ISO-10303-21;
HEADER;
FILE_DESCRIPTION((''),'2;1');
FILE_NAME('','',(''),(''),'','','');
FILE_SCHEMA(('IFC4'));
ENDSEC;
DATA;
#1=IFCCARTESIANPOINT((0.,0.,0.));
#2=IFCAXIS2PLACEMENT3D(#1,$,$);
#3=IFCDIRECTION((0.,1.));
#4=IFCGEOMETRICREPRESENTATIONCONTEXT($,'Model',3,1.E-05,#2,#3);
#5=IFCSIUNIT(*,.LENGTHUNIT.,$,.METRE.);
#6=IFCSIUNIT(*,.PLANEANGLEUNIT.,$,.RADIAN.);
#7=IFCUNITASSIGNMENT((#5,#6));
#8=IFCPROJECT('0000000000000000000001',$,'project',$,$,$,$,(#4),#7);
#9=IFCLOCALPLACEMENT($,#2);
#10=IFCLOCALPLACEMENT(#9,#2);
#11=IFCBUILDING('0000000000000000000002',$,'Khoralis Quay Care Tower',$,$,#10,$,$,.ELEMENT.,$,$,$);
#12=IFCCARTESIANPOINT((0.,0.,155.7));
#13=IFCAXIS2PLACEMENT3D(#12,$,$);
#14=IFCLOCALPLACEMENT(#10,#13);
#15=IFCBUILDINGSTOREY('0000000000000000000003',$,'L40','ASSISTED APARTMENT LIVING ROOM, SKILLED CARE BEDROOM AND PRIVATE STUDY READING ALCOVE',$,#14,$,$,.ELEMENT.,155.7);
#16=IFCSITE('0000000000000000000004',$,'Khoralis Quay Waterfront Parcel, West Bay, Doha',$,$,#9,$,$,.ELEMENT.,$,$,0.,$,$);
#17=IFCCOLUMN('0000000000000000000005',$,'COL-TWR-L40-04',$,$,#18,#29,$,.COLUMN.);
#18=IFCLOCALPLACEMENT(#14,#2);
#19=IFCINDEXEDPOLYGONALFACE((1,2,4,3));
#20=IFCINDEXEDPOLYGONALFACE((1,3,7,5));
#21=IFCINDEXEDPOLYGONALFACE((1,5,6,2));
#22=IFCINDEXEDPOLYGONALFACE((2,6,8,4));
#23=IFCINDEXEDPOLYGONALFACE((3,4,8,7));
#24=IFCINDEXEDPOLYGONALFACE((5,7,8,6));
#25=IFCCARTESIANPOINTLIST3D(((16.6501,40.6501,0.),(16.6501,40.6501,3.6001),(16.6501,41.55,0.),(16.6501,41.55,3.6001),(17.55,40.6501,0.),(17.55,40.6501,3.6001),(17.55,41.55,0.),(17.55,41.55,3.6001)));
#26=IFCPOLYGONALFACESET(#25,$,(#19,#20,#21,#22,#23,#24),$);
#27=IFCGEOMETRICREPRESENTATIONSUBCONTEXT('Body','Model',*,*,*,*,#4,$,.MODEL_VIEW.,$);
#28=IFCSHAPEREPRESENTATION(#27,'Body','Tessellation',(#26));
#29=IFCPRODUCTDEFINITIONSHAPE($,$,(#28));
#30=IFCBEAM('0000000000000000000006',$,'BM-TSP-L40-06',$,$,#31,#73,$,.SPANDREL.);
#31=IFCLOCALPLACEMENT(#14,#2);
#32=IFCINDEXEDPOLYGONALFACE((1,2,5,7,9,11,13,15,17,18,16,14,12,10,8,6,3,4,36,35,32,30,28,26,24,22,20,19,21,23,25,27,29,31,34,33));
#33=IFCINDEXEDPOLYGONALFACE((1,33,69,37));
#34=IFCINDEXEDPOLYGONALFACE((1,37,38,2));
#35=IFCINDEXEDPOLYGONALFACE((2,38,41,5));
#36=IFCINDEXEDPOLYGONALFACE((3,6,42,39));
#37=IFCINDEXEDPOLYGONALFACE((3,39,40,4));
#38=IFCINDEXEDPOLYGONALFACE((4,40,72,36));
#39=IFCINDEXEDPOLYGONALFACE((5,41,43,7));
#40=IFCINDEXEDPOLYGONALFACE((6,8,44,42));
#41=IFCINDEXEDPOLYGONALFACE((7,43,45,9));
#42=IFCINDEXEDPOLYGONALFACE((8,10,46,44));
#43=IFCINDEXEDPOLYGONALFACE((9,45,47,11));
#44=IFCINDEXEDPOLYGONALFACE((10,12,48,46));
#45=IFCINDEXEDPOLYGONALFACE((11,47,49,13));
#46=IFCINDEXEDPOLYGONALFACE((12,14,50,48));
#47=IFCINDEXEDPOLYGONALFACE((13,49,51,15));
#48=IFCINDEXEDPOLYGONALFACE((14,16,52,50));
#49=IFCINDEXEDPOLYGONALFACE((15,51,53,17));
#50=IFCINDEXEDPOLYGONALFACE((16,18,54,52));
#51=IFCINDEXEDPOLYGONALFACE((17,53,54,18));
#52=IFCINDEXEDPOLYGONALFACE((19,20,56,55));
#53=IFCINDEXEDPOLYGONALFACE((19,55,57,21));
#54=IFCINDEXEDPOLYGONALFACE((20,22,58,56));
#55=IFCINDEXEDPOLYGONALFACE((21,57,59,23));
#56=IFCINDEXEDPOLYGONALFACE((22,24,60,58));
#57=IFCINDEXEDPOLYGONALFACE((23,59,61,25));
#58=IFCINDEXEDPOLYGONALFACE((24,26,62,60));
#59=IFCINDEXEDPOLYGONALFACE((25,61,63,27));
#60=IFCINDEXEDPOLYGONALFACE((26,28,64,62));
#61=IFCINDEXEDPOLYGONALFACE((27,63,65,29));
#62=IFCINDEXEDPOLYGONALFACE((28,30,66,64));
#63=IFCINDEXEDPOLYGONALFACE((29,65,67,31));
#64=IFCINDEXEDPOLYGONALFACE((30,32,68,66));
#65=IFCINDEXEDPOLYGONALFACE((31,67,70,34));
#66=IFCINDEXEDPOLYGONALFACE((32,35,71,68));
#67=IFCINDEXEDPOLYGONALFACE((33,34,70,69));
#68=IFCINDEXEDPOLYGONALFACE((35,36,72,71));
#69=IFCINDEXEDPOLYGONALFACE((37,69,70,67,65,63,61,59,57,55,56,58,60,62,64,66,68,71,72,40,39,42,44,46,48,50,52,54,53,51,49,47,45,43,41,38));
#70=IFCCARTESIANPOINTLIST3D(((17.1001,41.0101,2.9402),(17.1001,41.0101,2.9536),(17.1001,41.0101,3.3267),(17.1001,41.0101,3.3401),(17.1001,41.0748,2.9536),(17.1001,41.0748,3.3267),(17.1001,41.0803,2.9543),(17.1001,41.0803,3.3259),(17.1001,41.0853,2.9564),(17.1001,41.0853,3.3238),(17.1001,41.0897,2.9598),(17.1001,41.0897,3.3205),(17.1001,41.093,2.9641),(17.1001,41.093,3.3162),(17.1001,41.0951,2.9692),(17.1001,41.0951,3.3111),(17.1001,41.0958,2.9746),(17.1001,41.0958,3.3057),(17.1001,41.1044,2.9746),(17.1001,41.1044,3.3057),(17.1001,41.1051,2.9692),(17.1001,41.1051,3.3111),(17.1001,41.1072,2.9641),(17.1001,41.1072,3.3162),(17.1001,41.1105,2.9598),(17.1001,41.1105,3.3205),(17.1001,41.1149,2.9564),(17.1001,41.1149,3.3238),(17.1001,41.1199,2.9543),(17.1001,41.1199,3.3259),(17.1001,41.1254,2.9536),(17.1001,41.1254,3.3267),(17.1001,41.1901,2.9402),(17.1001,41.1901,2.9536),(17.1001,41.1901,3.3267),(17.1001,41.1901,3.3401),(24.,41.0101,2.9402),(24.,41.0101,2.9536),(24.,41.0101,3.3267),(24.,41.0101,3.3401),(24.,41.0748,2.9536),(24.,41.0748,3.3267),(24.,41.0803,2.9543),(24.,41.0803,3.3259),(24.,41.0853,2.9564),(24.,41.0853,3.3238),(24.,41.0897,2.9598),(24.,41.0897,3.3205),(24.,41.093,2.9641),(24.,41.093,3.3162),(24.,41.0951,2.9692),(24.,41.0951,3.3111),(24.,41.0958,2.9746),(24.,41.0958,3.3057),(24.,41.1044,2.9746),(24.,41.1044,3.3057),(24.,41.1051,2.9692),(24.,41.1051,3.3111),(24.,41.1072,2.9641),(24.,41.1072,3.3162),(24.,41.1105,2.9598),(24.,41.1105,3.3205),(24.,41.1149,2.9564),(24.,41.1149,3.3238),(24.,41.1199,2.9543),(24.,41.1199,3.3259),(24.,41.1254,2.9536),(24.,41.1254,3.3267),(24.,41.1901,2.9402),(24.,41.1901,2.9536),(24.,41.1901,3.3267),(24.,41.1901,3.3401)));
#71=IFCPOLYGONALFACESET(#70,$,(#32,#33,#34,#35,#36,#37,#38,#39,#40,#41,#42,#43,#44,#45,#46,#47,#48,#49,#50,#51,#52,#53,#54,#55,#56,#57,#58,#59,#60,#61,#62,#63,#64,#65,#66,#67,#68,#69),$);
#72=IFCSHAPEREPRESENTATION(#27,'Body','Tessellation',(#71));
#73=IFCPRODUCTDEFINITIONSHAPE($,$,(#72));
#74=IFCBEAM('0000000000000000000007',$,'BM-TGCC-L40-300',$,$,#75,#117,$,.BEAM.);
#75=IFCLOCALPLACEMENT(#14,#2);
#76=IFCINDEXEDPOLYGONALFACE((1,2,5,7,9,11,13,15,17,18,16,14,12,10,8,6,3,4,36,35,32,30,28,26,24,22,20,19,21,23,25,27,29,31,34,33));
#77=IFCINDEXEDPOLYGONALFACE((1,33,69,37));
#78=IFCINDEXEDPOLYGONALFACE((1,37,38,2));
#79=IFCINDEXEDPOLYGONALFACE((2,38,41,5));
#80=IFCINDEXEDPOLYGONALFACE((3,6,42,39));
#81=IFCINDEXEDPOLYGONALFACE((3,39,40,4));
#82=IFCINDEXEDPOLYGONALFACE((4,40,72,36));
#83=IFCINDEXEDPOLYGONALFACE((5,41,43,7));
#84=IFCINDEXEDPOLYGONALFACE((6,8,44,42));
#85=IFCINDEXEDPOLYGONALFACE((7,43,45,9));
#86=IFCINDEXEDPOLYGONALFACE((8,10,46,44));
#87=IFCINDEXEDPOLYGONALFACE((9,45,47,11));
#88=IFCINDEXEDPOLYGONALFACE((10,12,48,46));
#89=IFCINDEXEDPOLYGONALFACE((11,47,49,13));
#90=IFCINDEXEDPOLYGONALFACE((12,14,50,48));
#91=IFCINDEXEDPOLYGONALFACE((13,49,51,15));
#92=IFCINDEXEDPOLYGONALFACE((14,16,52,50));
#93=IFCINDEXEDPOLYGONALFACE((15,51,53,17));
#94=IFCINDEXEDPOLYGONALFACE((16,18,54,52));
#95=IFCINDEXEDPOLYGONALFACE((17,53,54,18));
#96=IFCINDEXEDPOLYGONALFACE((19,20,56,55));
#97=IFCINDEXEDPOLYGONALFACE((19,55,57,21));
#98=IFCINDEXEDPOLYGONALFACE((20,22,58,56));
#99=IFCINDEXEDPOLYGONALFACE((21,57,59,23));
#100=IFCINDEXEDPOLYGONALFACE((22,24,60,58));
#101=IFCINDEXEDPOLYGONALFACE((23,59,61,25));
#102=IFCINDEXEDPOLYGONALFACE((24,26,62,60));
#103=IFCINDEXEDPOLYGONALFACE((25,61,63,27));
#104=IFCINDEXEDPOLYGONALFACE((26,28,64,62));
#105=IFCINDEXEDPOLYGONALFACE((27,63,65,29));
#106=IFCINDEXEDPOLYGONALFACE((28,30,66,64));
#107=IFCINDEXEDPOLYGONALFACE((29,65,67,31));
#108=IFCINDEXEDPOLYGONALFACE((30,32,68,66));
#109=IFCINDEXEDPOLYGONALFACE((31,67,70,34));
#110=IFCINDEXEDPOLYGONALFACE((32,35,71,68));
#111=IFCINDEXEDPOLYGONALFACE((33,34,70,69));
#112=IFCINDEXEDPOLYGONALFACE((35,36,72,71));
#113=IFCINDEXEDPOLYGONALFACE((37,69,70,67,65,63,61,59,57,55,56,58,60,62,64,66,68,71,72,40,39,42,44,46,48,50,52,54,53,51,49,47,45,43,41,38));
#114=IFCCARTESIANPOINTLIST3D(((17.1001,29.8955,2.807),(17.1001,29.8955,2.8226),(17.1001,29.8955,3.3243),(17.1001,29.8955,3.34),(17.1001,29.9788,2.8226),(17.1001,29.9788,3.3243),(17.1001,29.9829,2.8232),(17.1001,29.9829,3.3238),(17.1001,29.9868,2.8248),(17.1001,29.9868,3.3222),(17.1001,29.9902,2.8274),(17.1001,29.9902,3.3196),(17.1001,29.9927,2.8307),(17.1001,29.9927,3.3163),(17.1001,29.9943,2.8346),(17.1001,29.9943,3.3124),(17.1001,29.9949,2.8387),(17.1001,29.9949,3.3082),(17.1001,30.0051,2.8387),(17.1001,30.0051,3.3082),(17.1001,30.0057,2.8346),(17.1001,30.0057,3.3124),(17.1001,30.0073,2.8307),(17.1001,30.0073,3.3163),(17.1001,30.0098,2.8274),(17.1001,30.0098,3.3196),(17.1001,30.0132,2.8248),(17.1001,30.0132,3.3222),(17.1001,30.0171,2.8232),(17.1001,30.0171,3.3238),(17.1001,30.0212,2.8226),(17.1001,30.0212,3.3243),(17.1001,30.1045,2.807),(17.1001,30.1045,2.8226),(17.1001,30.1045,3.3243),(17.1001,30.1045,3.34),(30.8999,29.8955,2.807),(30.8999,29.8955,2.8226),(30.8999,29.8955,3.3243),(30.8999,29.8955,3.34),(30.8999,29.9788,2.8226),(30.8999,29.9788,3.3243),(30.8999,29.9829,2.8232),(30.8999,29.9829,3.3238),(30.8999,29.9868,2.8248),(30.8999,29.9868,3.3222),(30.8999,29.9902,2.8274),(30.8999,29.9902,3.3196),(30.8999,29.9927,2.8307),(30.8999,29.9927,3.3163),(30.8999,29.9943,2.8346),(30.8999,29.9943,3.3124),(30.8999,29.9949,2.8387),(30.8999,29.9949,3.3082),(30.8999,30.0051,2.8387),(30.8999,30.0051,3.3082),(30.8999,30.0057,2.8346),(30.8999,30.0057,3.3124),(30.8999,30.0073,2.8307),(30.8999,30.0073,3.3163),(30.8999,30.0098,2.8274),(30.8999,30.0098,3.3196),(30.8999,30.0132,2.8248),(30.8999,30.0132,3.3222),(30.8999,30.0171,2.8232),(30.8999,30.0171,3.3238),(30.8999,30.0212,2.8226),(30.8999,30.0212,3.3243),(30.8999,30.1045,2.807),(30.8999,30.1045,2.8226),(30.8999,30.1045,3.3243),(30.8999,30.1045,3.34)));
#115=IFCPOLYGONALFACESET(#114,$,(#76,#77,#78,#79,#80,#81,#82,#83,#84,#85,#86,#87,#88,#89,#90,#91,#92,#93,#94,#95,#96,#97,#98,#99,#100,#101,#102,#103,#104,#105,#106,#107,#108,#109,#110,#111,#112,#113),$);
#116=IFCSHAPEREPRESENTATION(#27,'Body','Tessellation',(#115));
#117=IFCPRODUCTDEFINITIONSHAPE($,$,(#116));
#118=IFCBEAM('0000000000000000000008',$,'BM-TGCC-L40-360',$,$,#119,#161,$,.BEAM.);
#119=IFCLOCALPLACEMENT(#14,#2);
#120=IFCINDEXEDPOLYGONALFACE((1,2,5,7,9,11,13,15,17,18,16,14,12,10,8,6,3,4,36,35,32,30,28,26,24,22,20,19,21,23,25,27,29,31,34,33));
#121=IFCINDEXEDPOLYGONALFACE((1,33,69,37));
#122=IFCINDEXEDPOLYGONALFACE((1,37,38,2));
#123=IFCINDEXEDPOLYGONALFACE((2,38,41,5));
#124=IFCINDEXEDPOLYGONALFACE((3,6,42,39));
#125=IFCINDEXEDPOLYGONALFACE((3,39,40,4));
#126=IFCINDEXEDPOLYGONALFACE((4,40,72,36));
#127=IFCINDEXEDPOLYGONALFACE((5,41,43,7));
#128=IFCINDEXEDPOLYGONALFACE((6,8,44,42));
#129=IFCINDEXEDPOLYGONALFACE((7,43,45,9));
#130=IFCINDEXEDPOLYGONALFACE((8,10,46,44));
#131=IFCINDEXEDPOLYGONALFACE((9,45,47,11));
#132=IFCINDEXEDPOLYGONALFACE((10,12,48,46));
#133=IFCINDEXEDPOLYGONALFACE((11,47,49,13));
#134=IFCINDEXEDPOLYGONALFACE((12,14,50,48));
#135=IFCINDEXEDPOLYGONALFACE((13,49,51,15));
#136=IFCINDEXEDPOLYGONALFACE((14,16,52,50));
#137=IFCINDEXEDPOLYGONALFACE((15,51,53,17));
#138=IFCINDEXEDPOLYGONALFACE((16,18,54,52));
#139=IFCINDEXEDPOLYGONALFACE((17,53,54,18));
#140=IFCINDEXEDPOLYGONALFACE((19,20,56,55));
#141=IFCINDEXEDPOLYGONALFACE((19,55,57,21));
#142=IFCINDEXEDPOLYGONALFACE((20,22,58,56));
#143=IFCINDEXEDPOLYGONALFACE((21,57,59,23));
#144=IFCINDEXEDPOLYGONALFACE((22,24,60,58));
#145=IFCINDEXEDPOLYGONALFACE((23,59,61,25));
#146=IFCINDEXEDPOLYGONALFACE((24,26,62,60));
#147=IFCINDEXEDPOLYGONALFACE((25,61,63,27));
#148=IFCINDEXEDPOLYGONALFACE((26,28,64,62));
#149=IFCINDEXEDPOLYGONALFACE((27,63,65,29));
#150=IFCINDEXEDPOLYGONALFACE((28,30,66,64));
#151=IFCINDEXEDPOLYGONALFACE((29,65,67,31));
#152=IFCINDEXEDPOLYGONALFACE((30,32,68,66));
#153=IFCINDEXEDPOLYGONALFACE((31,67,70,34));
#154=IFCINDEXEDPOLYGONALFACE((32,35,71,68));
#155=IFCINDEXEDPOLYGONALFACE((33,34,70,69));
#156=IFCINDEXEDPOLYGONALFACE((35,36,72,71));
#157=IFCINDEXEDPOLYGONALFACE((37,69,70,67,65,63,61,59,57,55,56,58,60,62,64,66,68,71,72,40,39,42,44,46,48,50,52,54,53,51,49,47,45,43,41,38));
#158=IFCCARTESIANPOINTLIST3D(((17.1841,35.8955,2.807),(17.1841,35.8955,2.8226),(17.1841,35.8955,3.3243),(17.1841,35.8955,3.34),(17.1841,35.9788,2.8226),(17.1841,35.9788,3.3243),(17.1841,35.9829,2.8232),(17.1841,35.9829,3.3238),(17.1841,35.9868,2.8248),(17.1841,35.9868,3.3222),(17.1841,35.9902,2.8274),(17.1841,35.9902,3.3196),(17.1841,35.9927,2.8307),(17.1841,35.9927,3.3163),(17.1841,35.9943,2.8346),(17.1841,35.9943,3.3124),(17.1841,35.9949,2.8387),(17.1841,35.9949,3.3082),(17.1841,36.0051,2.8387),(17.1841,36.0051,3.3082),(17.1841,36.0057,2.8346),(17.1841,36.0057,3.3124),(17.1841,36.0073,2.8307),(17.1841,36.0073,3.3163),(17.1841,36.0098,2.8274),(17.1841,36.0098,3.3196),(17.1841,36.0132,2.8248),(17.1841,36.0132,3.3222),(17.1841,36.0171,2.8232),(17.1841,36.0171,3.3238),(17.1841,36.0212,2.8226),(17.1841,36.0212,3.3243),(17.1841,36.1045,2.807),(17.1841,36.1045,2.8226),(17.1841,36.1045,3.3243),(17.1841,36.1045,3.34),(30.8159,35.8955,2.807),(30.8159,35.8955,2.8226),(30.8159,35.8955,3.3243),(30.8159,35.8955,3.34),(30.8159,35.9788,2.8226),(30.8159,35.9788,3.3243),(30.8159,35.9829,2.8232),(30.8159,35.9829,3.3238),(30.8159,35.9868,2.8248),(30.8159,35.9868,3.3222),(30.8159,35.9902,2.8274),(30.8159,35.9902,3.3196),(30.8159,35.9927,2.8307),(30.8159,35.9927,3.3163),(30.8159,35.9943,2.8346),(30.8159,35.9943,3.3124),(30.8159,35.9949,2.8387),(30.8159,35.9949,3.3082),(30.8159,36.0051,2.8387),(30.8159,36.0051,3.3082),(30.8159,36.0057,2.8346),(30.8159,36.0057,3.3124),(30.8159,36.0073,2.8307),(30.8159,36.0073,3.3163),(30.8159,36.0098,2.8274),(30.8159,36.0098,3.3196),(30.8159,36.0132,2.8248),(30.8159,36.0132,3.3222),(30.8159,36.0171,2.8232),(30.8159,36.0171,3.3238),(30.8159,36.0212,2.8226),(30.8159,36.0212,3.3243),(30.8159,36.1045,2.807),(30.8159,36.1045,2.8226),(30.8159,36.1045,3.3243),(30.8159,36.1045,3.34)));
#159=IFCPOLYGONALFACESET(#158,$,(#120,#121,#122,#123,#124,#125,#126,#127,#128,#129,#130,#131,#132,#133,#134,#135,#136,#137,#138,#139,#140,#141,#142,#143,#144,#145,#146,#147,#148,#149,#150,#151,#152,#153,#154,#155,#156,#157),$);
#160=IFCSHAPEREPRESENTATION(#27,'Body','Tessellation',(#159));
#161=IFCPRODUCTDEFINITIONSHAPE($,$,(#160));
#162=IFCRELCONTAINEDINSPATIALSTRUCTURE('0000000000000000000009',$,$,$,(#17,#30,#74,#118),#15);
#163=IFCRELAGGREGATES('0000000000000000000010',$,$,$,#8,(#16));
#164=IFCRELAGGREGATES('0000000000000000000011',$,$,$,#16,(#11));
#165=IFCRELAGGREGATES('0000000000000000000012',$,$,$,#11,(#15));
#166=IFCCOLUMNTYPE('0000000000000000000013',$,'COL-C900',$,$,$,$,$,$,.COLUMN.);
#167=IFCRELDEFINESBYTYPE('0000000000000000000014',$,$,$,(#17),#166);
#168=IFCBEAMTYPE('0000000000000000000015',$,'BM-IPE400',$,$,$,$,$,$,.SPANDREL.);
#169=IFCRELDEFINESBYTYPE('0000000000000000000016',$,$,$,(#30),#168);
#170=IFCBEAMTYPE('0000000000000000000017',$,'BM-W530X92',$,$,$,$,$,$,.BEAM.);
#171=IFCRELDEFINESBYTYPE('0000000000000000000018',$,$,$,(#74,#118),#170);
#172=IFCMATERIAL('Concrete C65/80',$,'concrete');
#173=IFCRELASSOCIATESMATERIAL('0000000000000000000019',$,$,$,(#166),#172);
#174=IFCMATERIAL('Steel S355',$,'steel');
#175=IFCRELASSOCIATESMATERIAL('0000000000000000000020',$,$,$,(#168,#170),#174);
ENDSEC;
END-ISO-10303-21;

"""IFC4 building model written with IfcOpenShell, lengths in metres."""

from ifc_helpers import new_model, si_unit, direction, frame, origin, origin_2d, place, context, subcontext, project, spatial, rectangle, i_section, extrude, source, transform, mapped, material, material_profile, profile_set, type_object, element, save


model = new_model("IFC4")

# Units and contexts
model_context = context("Model", 3, precision=1e-05, world=origin(), true_north=direction((0.0, 1.0)))
body_context = subcontext(model_context, "Body", "Model", "MODEL_VIEW")
ifc_project = project(units=[si_unit("LENGTHUNIT", "METRE"), si_unit("PLANEANGLEUNIT", "RADIAN")], contexts=[model_context])

# Site, building, storey
site_placement = place(None, origin())
site = spatial("IfcSite", under=ifc_project, at=site_placement, Name="Khoralis Quay Waterfront Parcel, West Bay, Doha", CompositionType="ELEMENT", RefElevation=0.0)
building_placement = place(site_placement, origin())
building = spatial("IfcBuilding", under=site, at=building_placement, Name="Khoralis Quay Care Tower", CompositionType="ELEMENT")
storey_placement = place(building_placement, frame((0.0, 0.0, 155.7)))
storey = spatial("IfcBuildingStorey", under=building, at=storey_placement, Name="L40", Description="ASSISTED APARTMENT LIVING ROOM, SKILLED CARE BEDROOM AND PRIVATE STUDY READING ALCOVE", CompositionType="ELEMENT", Elevation=155.7)

# Column
ifc_material_1 = material(Name="Concrete C65/80", Category="concrete")
ifc_material_profile_1 = material_profile(ifc_material_1, rectangle(XDim=0.8999, YDim=0.8999, at=origin_2d()), Name="Concrete C65/80")
ifc_profile_set_1 = profile_set([ifc_material_profile_1], Name="Concrete C65/80")
column_type = type_object("IfcColumnType", Name="COL-C900", PredefinedType="COLUMN", material=ifc_profile_set_1)
shared_shape_1 = source(origin(), body_context, "Body", "SweptSolid", [
    extrude(rectangle(XDim=0.8999, YDim=0.8999, at=origin_2d()), origin(), (0.0, 0.0, 1.0), 3.6001),
])
column_placement = place(storey_placement, frame((17.1001, 41.1001, 0.0), z_axis=(0.0, 0.0, 1.0), x_axis=(1.0, 0.0, 0.0)))
element("IfcColumn", 1, at=column_placement, inside=storey, type_object=column_type, Name="COL-TWR-L40-04", PredefinedType="COLUMN", context=body_context, shape_type="MappedRepresentation", body=[
    mapped(shared_shape_1, transform((0.0, 0.0, 0.0), scale=1.0)),
])

# Beams
ifc_material_2 = material(Name="Steel S355", Category="steel")
ifc_material_profile_2 = material_profile(ifc_material_2, i_section(OverallWidth=0.1799, OverallDepth=0.3999, WebThickness=0.0085, FlangeThickness=0.0134, FilletRadius=0.021, at=origin_2d()), Name="Steel S355")
ifc_profile_set_2 = profile_set([ifc_material_profile_2], Name="Steel S355")
beam_type_1 = type_object("IfcBeamType", Name="BM-IPE400", PredefinedType="SPANDREL", material=ifc_profile_set_2)
shared_shape_2 = source(origin(), body_context, "Body", "SweptSolid", [
    extrude(i_section(OverallWidth=0.1799, OverallDepth=0.3999, WebThickness=0.0085, FlangeThickness=0.0134, FilletRadius=0.021, at=origin_2d()), origin(), (0.0, 0.0, 1.0), 6.8999),
])
beam_1_placement = place(storey_placement, frame((17.1001, 41.1001, 3.1401), z_axis=(1.0, 0.0, 0.0), x_axis=(0.0, 1.0, 0.0)))
element("IfcBeam", 2, at=beam_1_placement, inside=storey, type_object=beam_type_1, Name="BM-TSP-L40-06", PredefinedType="SPANDREL", context=body_context, shape_type="MappedRepresentation", body=[
    mapped(shared_shape_2, transform((0.0, 0.0, 0.0), scale=1.0)),
])
ifc_material_profile_3 = material_profile(ifc_material_2, i_section(OverallWidth=0.209, OverallDepth=0.533, WebThickness=0.0103, FlangeThickness=0.0156, FilletRadius=0.0161, at=origin_2d()), Name="Steel S355")
ifc_profile_set_3 = profile_set([ifc_material_profile_3], Name="Steel S355")
beam_type_2 = type_object("IfcBeamType", Name="BM-W530X92", PredefinedType="BEAM", material=ifc_profile_set_3)
shared_shape_3 = source(origin(), body_context, "Body", "SweptSolid", [
    extrude(i_section(OverallWidth=0.209, OverallDepth=0.533, WebThickness=0.0103, FlangeThickness=0.0156, FilletRadius=0.0161, at=origin_2d()), origin(), (0.0, 0.0, 1.0), 13.7998),
])
beam_2_placement = place(storey_placement, frame((17.1001, 30.0, 3.0735), z_axis=(1.0, 0.0, 0.0), x_axis=(0.0, 1.0, 0.0)))
element("IfcBeam", 3, at=beam_2_placement, inside=storey, type_object=beam_type_2, Name="BM-TGCC-L40-300", PredefinedType="BEAM", context=body_context, shape_type="MappedRepresentation", body=[
    mapped(shared_shape_3, transform((0.0, 0.0, 0.0), scale=1.0)),
])
shared_shape_4 = source(origin(), body_context, "Body", "SweptSolid", [
    extrude(i_section(OverallWidth=0.209, OverallDepth=0.533, WebThickness=0.0103, FlangeThickness=0.0156, FilletRadius=0.0161, at=origin_2d()), origin(), (0.0, 0.0, 1.0), 13.6318),
])
beam_3_placement = place(storey_placement, frame((17.1841, 36.0, 3.0735), z_axis=(1.0, 0.0, 0.0), x_axis=(0.0, 1.0, 0.0)))
element("IfcBeam", 4, at=beam_3_placement, inside=storey, type_object=beam_type_2, Name="BM-TGCC-L40-360", PredefinedType="BEAM", context=body_context, shape_type="MappedRepresentation", body=[
    mapped(shared_shape_4, transform((0.0, 0.0, 0.0), scale=1.0)),
])

save(model, "model.ifc")
